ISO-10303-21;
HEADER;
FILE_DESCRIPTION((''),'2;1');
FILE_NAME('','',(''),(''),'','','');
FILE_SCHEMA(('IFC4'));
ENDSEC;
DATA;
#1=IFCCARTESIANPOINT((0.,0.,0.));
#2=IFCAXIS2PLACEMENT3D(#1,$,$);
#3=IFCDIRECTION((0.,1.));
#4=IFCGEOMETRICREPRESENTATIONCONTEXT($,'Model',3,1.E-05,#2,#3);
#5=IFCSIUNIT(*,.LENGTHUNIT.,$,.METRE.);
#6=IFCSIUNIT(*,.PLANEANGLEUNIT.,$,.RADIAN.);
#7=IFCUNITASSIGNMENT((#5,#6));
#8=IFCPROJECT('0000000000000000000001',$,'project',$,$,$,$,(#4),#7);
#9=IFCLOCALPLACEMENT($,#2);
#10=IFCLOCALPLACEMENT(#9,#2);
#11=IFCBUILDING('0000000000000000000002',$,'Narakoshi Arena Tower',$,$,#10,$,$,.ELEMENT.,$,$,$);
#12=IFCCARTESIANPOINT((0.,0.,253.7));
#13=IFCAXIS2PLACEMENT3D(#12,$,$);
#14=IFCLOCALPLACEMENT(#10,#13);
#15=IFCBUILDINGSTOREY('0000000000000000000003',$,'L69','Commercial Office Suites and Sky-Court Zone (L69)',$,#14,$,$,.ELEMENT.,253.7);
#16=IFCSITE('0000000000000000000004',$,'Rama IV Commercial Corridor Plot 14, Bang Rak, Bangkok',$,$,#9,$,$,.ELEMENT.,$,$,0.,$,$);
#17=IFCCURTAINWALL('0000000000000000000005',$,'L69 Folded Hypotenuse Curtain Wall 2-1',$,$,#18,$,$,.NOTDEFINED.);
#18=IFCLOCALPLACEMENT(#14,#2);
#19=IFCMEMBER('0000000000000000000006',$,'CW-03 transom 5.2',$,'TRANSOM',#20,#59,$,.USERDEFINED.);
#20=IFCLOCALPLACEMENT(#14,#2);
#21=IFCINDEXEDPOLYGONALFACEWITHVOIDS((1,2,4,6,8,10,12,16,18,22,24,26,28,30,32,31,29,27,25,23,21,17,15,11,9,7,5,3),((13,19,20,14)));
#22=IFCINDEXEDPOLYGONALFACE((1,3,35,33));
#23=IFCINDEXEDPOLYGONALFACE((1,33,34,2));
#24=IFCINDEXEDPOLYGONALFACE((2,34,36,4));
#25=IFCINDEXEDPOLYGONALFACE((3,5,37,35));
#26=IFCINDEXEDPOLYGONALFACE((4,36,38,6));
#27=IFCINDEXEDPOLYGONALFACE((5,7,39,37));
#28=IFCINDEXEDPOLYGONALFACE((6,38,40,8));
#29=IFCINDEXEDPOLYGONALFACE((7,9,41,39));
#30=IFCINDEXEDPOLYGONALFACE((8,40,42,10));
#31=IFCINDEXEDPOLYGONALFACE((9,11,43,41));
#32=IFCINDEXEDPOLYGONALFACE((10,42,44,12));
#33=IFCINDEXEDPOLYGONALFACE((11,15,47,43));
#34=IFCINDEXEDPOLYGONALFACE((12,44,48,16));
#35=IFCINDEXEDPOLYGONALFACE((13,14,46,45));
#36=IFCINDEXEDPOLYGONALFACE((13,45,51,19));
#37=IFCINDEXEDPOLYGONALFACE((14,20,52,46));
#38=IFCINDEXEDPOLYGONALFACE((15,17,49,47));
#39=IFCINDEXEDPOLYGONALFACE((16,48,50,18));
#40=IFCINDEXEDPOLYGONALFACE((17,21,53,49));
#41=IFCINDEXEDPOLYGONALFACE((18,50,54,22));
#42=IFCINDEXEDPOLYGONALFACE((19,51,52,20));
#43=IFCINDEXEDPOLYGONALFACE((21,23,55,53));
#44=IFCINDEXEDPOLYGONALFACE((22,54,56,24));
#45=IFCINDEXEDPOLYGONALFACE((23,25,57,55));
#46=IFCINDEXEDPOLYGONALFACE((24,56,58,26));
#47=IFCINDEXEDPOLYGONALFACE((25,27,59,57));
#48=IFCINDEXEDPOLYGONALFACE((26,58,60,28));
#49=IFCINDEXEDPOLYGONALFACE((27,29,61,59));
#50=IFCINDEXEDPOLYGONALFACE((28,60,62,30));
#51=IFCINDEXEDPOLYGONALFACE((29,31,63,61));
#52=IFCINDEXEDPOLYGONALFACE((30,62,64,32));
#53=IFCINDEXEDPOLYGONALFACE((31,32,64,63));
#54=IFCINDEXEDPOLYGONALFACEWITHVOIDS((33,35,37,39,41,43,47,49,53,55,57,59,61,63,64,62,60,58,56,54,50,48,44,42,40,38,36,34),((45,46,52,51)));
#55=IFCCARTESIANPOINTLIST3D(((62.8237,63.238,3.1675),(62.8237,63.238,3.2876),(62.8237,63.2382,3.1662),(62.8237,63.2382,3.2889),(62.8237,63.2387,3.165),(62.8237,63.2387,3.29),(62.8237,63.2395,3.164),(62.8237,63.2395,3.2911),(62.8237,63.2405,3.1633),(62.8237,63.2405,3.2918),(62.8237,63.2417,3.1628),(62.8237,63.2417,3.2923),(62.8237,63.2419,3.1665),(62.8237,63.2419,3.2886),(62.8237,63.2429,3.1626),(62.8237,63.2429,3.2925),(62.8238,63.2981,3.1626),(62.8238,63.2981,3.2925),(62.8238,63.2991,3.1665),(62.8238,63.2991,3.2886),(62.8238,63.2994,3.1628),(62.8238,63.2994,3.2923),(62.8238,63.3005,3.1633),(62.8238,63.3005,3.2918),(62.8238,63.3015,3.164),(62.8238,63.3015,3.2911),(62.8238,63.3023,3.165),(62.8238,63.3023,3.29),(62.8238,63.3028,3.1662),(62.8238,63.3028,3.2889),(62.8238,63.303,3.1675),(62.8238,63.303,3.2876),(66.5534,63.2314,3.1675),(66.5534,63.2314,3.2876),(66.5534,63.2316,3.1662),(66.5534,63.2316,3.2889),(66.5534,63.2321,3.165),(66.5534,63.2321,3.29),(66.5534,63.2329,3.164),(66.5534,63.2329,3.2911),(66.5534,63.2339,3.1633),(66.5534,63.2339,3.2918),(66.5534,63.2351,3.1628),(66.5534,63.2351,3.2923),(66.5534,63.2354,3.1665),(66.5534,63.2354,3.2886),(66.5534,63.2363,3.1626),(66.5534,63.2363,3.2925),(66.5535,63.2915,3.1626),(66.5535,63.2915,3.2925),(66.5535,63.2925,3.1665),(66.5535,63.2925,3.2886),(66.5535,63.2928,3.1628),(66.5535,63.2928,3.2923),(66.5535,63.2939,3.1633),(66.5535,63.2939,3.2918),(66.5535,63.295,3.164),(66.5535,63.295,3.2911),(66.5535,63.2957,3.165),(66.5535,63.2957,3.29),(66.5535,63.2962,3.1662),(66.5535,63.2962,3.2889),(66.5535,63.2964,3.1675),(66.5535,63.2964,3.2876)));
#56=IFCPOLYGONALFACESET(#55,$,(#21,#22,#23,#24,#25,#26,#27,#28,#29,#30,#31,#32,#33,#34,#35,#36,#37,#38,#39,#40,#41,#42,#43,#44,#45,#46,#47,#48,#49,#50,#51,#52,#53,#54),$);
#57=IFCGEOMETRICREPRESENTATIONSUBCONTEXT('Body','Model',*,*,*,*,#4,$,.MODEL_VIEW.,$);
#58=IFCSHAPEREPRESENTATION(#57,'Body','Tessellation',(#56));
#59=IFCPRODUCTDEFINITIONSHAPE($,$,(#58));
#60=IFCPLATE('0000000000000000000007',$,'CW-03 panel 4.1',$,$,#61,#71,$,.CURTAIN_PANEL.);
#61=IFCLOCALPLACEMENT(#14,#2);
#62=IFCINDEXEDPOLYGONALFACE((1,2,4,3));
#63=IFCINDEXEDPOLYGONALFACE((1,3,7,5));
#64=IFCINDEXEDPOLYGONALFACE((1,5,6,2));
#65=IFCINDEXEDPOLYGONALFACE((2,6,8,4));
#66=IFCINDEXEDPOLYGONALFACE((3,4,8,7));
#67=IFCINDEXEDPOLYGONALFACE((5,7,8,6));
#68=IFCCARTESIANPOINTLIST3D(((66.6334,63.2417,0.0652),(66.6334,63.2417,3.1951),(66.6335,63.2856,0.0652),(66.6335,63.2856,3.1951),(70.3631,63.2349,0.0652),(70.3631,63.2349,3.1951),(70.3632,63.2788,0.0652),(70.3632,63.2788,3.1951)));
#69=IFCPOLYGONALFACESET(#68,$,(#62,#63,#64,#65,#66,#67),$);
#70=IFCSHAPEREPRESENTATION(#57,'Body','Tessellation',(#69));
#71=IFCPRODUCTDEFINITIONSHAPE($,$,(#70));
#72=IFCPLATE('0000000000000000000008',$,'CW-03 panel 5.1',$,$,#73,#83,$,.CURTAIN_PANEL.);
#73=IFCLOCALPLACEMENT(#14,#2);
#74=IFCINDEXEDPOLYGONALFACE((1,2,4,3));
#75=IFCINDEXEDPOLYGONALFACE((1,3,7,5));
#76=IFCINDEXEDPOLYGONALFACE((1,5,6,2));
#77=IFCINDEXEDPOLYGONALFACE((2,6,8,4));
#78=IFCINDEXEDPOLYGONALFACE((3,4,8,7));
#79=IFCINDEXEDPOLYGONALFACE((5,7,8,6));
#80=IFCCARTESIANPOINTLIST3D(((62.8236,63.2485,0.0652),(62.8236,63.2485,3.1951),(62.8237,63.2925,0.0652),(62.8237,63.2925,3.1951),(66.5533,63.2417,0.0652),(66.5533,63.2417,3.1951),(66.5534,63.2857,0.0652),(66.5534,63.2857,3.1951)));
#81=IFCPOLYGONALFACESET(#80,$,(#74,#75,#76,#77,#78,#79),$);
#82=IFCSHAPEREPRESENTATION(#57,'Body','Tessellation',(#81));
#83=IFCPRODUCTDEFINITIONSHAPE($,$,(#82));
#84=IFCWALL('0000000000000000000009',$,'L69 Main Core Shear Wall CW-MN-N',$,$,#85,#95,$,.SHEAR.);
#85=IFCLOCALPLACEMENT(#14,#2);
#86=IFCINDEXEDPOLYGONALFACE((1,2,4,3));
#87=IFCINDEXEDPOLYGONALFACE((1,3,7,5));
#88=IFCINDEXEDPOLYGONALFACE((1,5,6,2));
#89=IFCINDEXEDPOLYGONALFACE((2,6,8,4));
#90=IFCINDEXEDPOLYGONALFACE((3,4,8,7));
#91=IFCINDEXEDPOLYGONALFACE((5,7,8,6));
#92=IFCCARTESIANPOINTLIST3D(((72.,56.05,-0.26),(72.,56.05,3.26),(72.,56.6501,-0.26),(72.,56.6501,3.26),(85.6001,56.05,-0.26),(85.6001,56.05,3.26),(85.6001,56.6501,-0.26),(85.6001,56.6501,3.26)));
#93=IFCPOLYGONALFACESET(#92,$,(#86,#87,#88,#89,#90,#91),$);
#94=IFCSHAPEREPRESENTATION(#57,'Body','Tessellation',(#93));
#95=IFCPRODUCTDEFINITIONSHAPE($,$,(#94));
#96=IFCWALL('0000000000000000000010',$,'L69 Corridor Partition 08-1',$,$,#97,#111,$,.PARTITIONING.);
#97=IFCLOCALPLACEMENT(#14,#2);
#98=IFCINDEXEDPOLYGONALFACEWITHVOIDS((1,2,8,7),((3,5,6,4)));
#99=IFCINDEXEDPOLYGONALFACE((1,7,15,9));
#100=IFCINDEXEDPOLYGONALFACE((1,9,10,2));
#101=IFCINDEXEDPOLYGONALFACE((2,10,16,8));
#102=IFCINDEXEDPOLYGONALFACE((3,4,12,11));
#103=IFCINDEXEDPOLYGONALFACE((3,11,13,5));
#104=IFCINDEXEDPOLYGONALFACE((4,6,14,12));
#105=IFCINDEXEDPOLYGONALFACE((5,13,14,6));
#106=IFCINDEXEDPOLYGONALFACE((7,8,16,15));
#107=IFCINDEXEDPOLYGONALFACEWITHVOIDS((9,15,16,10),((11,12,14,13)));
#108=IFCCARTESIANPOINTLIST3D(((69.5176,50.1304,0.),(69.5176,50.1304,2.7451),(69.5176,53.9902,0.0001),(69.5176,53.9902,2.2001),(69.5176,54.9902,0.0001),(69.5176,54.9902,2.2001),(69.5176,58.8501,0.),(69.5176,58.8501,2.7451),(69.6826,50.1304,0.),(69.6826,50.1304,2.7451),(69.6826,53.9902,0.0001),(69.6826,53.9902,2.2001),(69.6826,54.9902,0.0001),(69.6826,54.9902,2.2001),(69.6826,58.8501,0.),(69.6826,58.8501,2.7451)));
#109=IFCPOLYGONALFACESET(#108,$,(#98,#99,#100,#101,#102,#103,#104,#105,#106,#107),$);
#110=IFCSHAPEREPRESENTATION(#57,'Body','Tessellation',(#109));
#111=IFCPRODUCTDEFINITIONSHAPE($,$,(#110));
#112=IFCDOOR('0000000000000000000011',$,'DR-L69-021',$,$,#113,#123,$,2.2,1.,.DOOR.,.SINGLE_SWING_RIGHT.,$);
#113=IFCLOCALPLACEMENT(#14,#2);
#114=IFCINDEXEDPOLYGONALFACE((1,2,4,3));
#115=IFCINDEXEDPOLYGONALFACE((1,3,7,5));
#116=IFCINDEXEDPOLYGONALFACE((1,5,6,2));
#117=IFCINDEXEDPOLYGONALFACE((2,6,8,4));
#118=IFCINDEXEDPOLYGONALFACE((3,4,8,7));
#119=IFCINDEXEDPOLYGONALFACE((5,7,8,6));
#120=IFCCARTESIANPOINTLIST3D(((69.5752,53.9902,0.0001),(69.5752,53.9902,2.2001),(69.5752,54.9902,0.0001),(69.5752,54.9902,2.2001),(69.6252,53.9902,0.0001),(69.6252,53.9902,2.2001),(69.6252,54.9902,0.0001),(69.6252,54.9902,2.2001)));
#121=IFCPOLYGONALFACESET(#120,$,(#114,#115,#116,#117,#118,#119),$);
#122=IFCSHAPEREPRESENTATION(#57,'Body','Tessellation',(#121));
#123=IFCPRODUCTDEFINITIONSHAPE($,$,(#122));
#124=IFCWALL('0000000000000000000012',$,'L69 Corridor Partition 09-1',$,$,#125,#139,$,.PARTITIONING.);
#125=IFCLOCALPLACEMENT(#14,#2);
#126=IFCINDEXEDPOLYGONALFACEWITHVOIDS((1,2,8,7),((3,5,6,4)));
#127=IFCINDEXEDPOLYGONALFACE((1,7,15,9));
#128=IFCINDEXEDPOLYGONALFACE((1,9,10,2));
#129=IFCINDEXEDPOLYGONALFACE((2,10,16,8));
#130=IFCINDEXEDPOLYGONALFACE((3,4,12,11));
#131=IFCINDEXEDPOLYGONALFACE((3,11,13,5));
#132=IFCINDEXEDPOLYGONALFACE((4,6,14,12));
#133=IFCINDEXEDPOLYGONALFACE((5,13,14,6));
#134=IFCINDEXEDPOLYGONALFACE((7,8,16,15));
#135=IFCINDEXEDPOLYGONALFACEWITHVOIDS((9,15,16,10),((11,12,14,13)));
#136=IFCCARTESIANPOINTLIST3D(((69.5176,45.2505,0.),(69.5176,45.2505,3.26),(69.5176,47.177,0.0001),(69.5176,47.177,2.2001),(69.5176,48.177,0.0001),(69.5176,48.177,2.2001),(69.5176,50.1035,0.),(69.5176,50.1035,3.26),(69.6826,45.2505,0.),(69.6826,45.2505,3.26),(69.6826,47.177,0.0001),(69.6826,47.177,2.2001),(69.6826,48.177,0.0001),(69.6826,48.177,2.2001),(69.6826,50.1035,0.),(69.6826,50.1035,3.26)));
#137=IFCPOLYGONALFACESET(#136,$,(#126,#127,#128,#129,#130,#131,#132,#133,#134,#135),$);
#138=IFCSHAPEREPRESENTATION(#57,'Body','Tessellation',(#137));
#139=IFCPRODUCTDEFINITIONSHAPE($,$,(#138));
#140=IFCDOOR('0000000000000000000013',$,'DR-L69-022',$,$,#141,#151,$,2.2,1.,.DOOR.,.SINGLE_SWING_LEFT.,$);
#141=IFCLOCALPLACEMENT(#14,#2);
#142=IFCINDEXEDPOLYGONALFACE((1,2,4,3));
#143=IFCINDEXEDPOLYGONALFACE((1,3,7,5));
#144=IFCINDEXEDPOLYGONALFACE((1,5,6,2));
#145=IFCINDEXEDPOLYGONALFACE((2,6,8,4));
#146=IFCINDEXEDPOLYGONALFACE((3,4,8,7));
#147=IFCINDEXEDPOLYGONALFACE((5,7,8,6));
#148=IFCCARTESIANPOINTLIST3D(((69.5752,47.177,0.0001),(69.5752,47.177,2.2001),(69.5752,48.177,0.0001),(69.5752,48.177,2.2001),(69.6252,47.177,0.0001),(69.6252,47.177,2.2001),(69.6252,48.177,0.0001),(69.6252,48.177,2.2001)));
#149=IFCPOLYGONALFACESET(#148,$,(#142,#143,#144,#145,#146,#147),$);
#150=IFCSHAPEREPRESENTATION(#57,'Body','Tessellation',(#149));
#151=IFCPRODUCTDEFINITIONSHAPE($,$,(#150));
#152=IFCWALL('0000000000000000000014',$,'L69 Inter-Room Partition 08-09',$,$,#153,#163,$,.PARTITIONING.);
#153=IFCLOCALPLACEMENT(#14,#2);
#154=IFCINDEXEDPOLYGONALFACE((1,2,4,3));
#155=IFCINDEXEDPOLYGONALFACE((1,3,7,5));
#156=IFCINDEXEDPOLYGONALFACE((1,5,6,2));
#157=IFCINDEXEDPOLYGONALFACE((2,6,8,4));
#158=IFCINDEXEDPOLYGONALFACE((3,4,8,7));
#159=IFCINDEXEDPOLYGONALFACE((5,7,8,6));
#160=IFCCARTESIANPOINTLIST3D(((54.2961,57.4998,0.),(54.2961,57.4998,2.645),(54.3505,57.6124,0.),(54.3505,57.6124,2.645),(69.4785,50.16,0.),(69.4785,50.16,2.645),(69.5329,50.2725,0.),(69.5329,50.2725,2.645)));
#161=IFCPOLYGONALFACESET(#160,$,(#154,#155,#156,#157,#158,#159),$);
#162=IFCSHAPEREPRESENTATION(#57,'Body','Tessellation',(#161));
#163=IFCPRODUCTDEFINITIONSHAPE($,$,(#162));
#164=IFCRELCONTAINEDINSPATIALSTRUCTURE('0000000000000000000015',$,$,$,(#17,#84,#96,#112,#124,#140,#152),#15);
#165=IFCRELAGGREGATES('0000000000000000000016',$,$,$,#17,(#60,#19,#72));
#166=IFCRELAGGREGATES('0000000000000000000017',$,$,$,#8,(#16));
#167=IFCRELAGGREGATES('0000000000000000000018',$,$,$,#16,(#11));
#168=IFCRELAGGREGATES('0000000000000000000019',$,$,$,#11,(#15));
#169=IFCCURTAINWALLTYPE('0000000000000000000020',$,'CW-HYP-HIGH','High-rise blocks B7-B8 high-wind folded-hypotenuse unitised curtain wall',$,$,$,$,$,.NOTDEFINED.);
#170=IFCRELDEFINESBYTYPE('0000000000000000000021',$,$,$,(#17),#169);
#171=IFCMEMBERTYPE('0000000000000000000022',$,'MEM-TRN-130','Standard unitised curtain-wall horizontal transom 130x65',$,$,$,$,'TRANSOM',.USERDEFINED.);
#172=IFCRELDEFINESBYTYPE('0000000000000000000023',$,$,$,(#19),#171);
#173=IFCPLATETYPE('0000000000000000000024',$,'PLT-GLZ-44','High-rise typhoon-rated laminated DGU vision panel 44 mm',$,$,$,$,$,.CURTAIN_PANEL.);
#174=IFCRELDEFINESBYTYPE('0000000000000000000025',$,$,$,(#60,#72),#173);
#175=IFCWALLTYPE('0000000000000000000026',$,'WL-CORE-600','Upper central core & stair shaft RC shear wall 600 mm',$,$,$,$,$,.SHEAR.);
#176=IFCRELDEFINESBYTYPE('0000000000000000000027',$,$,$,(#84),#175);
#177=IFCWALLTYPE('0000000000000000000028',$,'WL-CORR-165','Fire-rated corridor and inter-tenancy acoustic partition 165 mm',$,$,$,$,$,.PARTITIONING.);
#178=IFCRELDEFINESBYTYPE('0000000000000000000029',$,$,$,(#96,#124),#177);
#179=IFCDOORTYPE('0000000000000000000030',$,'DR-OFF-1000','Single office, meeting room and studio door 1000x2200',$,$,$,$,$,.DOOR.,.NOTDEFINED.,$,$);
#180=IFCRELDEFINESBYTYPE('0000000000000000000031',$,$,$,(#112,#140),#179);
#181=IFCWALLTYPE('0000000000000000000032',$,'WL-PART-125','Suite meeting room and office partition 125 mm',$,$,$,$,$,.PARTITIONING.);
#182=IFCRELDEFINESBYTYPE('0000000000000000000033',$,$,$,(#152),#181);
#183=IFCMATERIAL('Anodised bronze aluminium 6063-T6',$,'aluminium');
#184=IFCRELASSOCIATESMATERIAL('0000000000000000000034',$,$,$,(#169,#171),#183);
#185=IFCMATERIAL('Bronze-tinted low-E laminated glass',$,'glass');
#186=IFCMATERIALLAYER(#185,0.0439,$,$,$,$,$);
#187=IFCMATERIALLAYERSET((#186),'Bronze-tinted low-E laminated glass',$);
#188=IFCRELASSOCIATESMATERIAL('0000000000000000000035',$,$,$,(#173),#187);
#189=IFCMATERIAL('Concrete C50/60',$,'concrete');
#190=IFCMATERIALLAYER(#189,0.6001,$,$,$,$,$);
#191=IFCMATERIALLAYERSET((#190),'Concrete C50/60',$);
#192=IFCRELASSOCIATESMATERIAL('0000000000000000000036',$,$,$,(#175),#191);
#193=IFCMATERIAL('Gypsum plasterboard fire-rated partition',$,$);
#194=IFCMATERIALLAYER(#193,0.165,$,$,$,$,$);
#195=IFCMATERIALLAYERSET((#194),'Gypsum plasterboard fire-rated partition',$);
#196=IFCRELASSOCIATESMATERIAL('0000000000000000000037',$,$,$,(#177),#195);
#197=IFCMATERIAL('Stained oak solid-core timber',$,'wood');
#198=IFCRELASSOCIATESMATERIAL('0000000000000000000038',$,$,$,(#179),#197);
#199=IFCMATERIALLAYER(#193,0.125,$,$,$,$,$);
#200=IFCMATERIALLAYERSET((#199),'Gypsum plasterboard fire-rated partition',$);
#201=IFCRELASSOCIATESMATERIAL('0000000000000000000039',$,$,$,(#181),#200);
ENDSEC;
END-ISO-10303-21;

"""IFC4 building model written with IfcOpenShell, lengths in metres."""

from ifc_helpers import new_model, si_unit, direction, frame, frame_2d, origin, origin_2d, place, context, subcontext, project, spatial, rectangle, hollow_rectangle, extrude, material, layer, layer_set, material_profile, profile_set, type_object, element, fill, aggregate, save


model = new_model("IFC4")

# Units and contexts
model_context = context("Model", 3, precision=1e-05, world=origin(), true_north=direction((0.0, 1.0)))
body_context = subcontext(model_context, "Body", "Model", "MODEL_VIEW")
ifc_project = project(units=[si_unit("LENGTHUNIT", "METRE"), si_unit("PLANEANGLEUNIT", "RADIAN")], contexts=[model_context])

# Site, building, storey
site_placement = place(None, origin())
site = spatial("IfcSite", under=ifc_project, at=site_placement, Name="Rama IV Commercial Corridor Plot 14, Bang Rak, Bangkok", CompositionType="ELEMENT", RefElevation=0.0)
building_placement = place(site_placement, origin())
building = spatial("IfcBuilding", under=site, at=building_placement, Name="Narakoshi Arena Tower", CompositionType="ELEMENT")
storey_placement = place(building_placement, frame((0.0, 0.0, 253.7)))
storey = spatial("IfcBuildingStorey", under=building, at=storey_placement, Name="L69", Description="Commercial Office Suites and Sky-Court Zone (L69)", CompositionType="ELEMENT", Elevation=253.7)

# Shared definitions
ifc_material_1 = material(Name="Concrete C50/60", Category="concrete")

# Curtain wall, member, plates
ifc_material_2 = material(Name="Anodised bronze aluminium 6063-T6", Category="aluminium")
curtain_wall_type = type_object("IfcCurtainWallType", Name="CW-HYP-HIGH", Description="High-rise blocks B7-B8 high-wind folded-hypotenuse unitised curtain wall", PredefinedType="NOTDEFINED", material=ifc_material_2)
curtain_wall_placement = place(storey_placement, origin())
curtain_wall = element("IfcCurtainWall", 1, at=curtain_wall_placement, inside=storey, type_object=curtain_wall_type, Name="L69 Folded Hypotenuse Curtain Wall 2-1", PredefinedType="NOTDEFINED")
ifc_material_profile_1 = material_profile(ifc_material_2, hollow_rectangle(XDim=0.0649, YDim=0.1299, WallThickness=0.0039, OuterFilletRadius=0.0049, at=origin_2d()), Name="TRN130x65x4")
ifc_profile_set_1 = profile_set([ifc_material_profile_1], Name="Anodised bronze aluminium 6063-T6")
member_type_1 = type_object("IfcMemberType", Name="MEM-TRN-130", Description="Standard unitised curtain-wall horizontal transom 130x65", ElementType="TRANSOM", PredefinedType="USERDEFINED", material=ifc_profile_set_1)
member_1_placement = place(storey_placement, frame((66.5535, 63.2639, 3.2275), z_axis=(-0.999998, 0.001767, 0.0), x_axis=(-0.001767, -0.999998, 0.0)))
member_1 = element("IfcMember", 2, at=member_1_placement, type_object=member_type_1, Name="CW-03 transom 5.2", ObjectType="TRANSOM", PredefinedType="USERDEFINED", context=body_context, shape_type="SweptSolid", body=[
    extrude(hollow_rectangle(XDim=0.0649, YDim=0.1299, WallThickness=0.0039, OuterFilletRadius=0.0049, at=origin_2d()), origin(), (0.0, 0.0, 1.0), 3.7297),
])
ifc_material_3 = material(Name="Bronze-tinted low-E laminated glass", Category="glass")
ifc_layer_1 = layer(ifc_material_3, 0.0439)
ifc_layer_set_1 = layer_set([ifc_layer_1], Name="Bronze-tinted low-E laminated glass")
plate_type = type_object("IfcPlateType", Name="PLT-GLZ-44", Description="High-rise typhoon-rated laminated DGU vision panel 44 mm", PredefinedType="CURTAIN_PANEL", material=ifc_layer_set_1)
plate_1_placement = place(storey_placement, frame((68.4983, 63.2603, 0.0652), z_axis=(0.0, 0.0, 1.0), x_axis=(-0.999998, 0.00182, 0.0)))
plate_1 = element("IfcPlate", 3, at=plate_1_placement, type_object=plate_type, Name="CW-03 panel 4.1", PredefinedType="CURTAIN_PANEL", context=body_context, shape_type="SweptSolid", body=[
    extrude(rectangle(XDim=3.7297, YDim=0.0439, at=origin_2d()), origin(), (0.0, 0.0, 1.0), 3.1299),
])
plate_2_placement = place(storey_placement, frame((64.6885, 63.2671, 0.0652), z_axis=(0.0, 0.0, 1.0), x_axis=(-0.999998, 0.00182, 0.0)))
plate_2 = element("IfcPlate", 4, at=plate_2_placement, type_object=plate_type, Name="CW-03 panel 5.1", PredefinedType="CURTAIN_PANEL", context=body_context, shape_type="SweptSolid", body=[
    extrude(rectangle(XDim=3.7297, YDim=0.0439, at=origin_2d()), origin(), (0.0, 0.0, 1.0), 3.1299),
])
aggregate(curtain_wall, [plate_1, member_1, plate_2])

# Wall
ifc_layer_2 = layer(ifc_material_1, 0.6001)
ifc_layer_set_2 = layer_set([ifc_layer_2], Name="Concrete C50/60")
wall_type_1 = type_object("IfcWallType", Name="WL-CORE-600", Description="Upper central core & stair shaft RC shear wall 600 mm", PredefinedType="SHEAR", material=ifc_layer_set_2)
wall_1_placement = place(storey_placement, frame((72.0, 56.3501, -0.26), z_axis=(0.0, 0.0, 1.0), x_axis=(1.0, 0.0, 0.0)))
element("IfcWall", 5, at=wall_1_placement, inside=storey, type_object=wall_type_1, Name="L69 Main Core Shear Wall CW-MN-N", PredefinedType="SHEAR", context=body_context, shape_type="SweptSolid", body=[
    extrude(rectangle(XDim=13.6001, YDim=0.6001, at=frame_2d((6.8, 0.0))), origin(), (0.0, 0.0, 1.0), 3.52),
])

# Walls, openings, doors
ifc_material_4 = material(Name="Gypsum plasterboard fire-rated partition")
ifc_layer_3 = layer(ifc_material_4, 0.165)
ifc_layer_set_3 = layer_set([ifc_layer_3], Name="Gypsum plasterboard fire-rated partition")
wall_type_2 = type_object("IfcWallType", Name="WL-CORR-165", Description="Fire-rated corridor and inter-tenancy acoustic partition 165 mm", PredefinedType="PARTITIONING", material=ifc_layer_set_3)
wall_2_placement = place(storey_placement, frame((69.6001, 58.8501, 0.0), z_axis=(0.0, 0.0, 1.0), x_axis=(0.0, -1.0, 0.0)))
wall_2 = element("IfcWall", 6, at=wall_2_placement, inside=storey, type_object=wall_type_2, Name="L69 Corridor Partition 08-1", PredefinedType="PARTITIONING", context=body_context, shape_type="SweptSolid", body=[
    extrude(rectangle(XDim=8.7197, YDim=0.165, at=frame_2d((4.3599, 0.0))), origin(), (0.0, 0.0, 1.0), 2.7451),
])
opening_1_placement = place(wall_2_placement, frame((3.8599, 0.0, 0.0)))
opening_1 = element("IfcOpeningElement", 7, at=opening_1_placement, cuts=wall_2, PredefinedType="OPENING", context=body_context, shape_type="SweptSolid", body=[
    extrude(rectangle(XDim=1.0, YDim=2.2, at=frame_2d((0.5, 1.1001))), frame((0.0, 0.0925, 0.0), z_axis=(0.0, -1.0, 0.0), x_axis=(1.0, 0.0, 0.0)), (0.0, 0.0, 1.0), 0.1851),
])
ifc_material_5 = material(Name="Stained oak solid-core timber", Category="wood")
door_type_1 = type_object("IfcDoorType", Name="DR-OFF-1000", Description="Single office, meeting room and studio door 1000x2200", OperationType="NOTDEFINED", PredefinedType="DOOR", material=ifc_material_5)
door_1_placement = place(opening_1_placement, frame((1.0, 0.0, 0.0), z_axis=(0.0, 0.0, 1.0), x_axis=(-1.0, 0.0, 0.0)))
door_1 = element("IfcDoor", 8, at=door_1_placement, inside=storey, type_object=door_type_1, Name="DR-L69-021", OperationType="SINGLE_SWING_RIGHT", OverallHeight=2.2, OverallWidth=1.0, PredefinedType="DOOR", context=body_context, shape_type="SweptSolid", body=[
    extrude(rectangle(XDim=1.0, YDim=2.2, at=frame_2d((0.5, 1.1001))), frame((0.0, 0.0249, 0.0), z_axis=(0.0, -1.0, 0.0), x_axis=(1.0, 0.0, 0.0)), (0.0, 0.0, 1.0), 0.05),
])
fill(opening_1, door_1)
wall_3_placement = place(storey_placement, frame((69.6001, 50.1035, 0.0), z_axis=(0.0, 0.0, 1.0), x_axis=(0.0, -1.0, 0.0)))
wall_3 = element("IfcWall", 9, at=wall_3_placement, inside=storey, type_object=wall_type_2, Name="L69 Corridor Partition 09-1", PredefinedType="PARTITIONING", context=body_context, shape_type="SweptSolid", body=[
    extrude(rectangle(XDim=4.853, YDim=0.165, at=frame_2d((2.4265, 0.0))), origin(), (0.0, 0.0, 1.0), 3.26),
])
opening_2_placement = place(wall_3_placement, frame((1.9265, 0.0, 0.0)))
opening_2 = element("IfcOpeningElement", 10, at=opening_2_placement, cuts=wall_3, PredefinedType="OPENING", context=body_context, shape_type="SweptSolid", body=[
    extrude(rectangle(XDim=1.0, YDim=2.2, at=frame_2d((0.5, 1.1001))), frame((0.0, 0.0925, 0.0), z_axis=(0.0, -1.0, 0.0), x_axis=(1.0, 0.0, 0.0)), (0.0, 0.0, 1.0), 0.1851),
])
door_2_placement = place(opening_2_placement, frame((1.0, 0.0, 0.0), z_axis=(0.0, 0.0, 1.0), x_axis=(-1.0, 0.0, 0.0)))
door_2 = element("IfcDoor", 11, at=door_2_placement, inside=storey, type_object=door_type_1, Name="DR-L69-022", OperationType="SINGLE_SWING_LEFT", OverallHeight=2.2, OverallWidth=1.0, PredefinedType="DOOR", context=body_context, shape_type="SweptSolid", body=[
    extrude(rectangle(XDim=1.0, YDim=2.2, at=frame_2d((0.5, 1.1001))), frame((0.0, 0.0249, 0.0), z_axis=(0.0, -1.0, 0.0), x_axis=(1.0, 0.0, 0.0)), (0.0, 0.0, 1.0), 0.05),
])
fill(opening_2, door_2)

# Wall
ifc_layer_4 = layer(ifc_material_4, 0.125)
ifc_layer_set_4 = layer_set([ifc_layer_4], Name="Gypsum plasterboard fire-rated partition")
wall_type_3 = type_object("IfcWallType", Name="WL-PART-125", Description="Suite meeting room and office partition 125 mm", PredefinedType="PARTITIONING", material=ifc_layer_set_4)
wall_4_placement = place(storey_placement, frame((69.5056, 50.2163, 0.0), z_axis=(0.0, 0.0, 1.0), x_axis=(-0.90031, 0.43525, 0.0)))
element("IfcWall", 12, at=wall_4_placement, inside=storey, type_object=wall_type_3, Name="L69 Inter-Room Partition 08-09", PredefinedType="PARTITIONING", context=body_context, shape_type="SweptSolid", body=[
    extrude(rectangle(XDim=16.8635, YDim=0.125, at=frame_2d((8.4316, 0.0))), origin(), (0.0, 0.0, 1.0), 2.645),
])

save(model, "model.ifc")
